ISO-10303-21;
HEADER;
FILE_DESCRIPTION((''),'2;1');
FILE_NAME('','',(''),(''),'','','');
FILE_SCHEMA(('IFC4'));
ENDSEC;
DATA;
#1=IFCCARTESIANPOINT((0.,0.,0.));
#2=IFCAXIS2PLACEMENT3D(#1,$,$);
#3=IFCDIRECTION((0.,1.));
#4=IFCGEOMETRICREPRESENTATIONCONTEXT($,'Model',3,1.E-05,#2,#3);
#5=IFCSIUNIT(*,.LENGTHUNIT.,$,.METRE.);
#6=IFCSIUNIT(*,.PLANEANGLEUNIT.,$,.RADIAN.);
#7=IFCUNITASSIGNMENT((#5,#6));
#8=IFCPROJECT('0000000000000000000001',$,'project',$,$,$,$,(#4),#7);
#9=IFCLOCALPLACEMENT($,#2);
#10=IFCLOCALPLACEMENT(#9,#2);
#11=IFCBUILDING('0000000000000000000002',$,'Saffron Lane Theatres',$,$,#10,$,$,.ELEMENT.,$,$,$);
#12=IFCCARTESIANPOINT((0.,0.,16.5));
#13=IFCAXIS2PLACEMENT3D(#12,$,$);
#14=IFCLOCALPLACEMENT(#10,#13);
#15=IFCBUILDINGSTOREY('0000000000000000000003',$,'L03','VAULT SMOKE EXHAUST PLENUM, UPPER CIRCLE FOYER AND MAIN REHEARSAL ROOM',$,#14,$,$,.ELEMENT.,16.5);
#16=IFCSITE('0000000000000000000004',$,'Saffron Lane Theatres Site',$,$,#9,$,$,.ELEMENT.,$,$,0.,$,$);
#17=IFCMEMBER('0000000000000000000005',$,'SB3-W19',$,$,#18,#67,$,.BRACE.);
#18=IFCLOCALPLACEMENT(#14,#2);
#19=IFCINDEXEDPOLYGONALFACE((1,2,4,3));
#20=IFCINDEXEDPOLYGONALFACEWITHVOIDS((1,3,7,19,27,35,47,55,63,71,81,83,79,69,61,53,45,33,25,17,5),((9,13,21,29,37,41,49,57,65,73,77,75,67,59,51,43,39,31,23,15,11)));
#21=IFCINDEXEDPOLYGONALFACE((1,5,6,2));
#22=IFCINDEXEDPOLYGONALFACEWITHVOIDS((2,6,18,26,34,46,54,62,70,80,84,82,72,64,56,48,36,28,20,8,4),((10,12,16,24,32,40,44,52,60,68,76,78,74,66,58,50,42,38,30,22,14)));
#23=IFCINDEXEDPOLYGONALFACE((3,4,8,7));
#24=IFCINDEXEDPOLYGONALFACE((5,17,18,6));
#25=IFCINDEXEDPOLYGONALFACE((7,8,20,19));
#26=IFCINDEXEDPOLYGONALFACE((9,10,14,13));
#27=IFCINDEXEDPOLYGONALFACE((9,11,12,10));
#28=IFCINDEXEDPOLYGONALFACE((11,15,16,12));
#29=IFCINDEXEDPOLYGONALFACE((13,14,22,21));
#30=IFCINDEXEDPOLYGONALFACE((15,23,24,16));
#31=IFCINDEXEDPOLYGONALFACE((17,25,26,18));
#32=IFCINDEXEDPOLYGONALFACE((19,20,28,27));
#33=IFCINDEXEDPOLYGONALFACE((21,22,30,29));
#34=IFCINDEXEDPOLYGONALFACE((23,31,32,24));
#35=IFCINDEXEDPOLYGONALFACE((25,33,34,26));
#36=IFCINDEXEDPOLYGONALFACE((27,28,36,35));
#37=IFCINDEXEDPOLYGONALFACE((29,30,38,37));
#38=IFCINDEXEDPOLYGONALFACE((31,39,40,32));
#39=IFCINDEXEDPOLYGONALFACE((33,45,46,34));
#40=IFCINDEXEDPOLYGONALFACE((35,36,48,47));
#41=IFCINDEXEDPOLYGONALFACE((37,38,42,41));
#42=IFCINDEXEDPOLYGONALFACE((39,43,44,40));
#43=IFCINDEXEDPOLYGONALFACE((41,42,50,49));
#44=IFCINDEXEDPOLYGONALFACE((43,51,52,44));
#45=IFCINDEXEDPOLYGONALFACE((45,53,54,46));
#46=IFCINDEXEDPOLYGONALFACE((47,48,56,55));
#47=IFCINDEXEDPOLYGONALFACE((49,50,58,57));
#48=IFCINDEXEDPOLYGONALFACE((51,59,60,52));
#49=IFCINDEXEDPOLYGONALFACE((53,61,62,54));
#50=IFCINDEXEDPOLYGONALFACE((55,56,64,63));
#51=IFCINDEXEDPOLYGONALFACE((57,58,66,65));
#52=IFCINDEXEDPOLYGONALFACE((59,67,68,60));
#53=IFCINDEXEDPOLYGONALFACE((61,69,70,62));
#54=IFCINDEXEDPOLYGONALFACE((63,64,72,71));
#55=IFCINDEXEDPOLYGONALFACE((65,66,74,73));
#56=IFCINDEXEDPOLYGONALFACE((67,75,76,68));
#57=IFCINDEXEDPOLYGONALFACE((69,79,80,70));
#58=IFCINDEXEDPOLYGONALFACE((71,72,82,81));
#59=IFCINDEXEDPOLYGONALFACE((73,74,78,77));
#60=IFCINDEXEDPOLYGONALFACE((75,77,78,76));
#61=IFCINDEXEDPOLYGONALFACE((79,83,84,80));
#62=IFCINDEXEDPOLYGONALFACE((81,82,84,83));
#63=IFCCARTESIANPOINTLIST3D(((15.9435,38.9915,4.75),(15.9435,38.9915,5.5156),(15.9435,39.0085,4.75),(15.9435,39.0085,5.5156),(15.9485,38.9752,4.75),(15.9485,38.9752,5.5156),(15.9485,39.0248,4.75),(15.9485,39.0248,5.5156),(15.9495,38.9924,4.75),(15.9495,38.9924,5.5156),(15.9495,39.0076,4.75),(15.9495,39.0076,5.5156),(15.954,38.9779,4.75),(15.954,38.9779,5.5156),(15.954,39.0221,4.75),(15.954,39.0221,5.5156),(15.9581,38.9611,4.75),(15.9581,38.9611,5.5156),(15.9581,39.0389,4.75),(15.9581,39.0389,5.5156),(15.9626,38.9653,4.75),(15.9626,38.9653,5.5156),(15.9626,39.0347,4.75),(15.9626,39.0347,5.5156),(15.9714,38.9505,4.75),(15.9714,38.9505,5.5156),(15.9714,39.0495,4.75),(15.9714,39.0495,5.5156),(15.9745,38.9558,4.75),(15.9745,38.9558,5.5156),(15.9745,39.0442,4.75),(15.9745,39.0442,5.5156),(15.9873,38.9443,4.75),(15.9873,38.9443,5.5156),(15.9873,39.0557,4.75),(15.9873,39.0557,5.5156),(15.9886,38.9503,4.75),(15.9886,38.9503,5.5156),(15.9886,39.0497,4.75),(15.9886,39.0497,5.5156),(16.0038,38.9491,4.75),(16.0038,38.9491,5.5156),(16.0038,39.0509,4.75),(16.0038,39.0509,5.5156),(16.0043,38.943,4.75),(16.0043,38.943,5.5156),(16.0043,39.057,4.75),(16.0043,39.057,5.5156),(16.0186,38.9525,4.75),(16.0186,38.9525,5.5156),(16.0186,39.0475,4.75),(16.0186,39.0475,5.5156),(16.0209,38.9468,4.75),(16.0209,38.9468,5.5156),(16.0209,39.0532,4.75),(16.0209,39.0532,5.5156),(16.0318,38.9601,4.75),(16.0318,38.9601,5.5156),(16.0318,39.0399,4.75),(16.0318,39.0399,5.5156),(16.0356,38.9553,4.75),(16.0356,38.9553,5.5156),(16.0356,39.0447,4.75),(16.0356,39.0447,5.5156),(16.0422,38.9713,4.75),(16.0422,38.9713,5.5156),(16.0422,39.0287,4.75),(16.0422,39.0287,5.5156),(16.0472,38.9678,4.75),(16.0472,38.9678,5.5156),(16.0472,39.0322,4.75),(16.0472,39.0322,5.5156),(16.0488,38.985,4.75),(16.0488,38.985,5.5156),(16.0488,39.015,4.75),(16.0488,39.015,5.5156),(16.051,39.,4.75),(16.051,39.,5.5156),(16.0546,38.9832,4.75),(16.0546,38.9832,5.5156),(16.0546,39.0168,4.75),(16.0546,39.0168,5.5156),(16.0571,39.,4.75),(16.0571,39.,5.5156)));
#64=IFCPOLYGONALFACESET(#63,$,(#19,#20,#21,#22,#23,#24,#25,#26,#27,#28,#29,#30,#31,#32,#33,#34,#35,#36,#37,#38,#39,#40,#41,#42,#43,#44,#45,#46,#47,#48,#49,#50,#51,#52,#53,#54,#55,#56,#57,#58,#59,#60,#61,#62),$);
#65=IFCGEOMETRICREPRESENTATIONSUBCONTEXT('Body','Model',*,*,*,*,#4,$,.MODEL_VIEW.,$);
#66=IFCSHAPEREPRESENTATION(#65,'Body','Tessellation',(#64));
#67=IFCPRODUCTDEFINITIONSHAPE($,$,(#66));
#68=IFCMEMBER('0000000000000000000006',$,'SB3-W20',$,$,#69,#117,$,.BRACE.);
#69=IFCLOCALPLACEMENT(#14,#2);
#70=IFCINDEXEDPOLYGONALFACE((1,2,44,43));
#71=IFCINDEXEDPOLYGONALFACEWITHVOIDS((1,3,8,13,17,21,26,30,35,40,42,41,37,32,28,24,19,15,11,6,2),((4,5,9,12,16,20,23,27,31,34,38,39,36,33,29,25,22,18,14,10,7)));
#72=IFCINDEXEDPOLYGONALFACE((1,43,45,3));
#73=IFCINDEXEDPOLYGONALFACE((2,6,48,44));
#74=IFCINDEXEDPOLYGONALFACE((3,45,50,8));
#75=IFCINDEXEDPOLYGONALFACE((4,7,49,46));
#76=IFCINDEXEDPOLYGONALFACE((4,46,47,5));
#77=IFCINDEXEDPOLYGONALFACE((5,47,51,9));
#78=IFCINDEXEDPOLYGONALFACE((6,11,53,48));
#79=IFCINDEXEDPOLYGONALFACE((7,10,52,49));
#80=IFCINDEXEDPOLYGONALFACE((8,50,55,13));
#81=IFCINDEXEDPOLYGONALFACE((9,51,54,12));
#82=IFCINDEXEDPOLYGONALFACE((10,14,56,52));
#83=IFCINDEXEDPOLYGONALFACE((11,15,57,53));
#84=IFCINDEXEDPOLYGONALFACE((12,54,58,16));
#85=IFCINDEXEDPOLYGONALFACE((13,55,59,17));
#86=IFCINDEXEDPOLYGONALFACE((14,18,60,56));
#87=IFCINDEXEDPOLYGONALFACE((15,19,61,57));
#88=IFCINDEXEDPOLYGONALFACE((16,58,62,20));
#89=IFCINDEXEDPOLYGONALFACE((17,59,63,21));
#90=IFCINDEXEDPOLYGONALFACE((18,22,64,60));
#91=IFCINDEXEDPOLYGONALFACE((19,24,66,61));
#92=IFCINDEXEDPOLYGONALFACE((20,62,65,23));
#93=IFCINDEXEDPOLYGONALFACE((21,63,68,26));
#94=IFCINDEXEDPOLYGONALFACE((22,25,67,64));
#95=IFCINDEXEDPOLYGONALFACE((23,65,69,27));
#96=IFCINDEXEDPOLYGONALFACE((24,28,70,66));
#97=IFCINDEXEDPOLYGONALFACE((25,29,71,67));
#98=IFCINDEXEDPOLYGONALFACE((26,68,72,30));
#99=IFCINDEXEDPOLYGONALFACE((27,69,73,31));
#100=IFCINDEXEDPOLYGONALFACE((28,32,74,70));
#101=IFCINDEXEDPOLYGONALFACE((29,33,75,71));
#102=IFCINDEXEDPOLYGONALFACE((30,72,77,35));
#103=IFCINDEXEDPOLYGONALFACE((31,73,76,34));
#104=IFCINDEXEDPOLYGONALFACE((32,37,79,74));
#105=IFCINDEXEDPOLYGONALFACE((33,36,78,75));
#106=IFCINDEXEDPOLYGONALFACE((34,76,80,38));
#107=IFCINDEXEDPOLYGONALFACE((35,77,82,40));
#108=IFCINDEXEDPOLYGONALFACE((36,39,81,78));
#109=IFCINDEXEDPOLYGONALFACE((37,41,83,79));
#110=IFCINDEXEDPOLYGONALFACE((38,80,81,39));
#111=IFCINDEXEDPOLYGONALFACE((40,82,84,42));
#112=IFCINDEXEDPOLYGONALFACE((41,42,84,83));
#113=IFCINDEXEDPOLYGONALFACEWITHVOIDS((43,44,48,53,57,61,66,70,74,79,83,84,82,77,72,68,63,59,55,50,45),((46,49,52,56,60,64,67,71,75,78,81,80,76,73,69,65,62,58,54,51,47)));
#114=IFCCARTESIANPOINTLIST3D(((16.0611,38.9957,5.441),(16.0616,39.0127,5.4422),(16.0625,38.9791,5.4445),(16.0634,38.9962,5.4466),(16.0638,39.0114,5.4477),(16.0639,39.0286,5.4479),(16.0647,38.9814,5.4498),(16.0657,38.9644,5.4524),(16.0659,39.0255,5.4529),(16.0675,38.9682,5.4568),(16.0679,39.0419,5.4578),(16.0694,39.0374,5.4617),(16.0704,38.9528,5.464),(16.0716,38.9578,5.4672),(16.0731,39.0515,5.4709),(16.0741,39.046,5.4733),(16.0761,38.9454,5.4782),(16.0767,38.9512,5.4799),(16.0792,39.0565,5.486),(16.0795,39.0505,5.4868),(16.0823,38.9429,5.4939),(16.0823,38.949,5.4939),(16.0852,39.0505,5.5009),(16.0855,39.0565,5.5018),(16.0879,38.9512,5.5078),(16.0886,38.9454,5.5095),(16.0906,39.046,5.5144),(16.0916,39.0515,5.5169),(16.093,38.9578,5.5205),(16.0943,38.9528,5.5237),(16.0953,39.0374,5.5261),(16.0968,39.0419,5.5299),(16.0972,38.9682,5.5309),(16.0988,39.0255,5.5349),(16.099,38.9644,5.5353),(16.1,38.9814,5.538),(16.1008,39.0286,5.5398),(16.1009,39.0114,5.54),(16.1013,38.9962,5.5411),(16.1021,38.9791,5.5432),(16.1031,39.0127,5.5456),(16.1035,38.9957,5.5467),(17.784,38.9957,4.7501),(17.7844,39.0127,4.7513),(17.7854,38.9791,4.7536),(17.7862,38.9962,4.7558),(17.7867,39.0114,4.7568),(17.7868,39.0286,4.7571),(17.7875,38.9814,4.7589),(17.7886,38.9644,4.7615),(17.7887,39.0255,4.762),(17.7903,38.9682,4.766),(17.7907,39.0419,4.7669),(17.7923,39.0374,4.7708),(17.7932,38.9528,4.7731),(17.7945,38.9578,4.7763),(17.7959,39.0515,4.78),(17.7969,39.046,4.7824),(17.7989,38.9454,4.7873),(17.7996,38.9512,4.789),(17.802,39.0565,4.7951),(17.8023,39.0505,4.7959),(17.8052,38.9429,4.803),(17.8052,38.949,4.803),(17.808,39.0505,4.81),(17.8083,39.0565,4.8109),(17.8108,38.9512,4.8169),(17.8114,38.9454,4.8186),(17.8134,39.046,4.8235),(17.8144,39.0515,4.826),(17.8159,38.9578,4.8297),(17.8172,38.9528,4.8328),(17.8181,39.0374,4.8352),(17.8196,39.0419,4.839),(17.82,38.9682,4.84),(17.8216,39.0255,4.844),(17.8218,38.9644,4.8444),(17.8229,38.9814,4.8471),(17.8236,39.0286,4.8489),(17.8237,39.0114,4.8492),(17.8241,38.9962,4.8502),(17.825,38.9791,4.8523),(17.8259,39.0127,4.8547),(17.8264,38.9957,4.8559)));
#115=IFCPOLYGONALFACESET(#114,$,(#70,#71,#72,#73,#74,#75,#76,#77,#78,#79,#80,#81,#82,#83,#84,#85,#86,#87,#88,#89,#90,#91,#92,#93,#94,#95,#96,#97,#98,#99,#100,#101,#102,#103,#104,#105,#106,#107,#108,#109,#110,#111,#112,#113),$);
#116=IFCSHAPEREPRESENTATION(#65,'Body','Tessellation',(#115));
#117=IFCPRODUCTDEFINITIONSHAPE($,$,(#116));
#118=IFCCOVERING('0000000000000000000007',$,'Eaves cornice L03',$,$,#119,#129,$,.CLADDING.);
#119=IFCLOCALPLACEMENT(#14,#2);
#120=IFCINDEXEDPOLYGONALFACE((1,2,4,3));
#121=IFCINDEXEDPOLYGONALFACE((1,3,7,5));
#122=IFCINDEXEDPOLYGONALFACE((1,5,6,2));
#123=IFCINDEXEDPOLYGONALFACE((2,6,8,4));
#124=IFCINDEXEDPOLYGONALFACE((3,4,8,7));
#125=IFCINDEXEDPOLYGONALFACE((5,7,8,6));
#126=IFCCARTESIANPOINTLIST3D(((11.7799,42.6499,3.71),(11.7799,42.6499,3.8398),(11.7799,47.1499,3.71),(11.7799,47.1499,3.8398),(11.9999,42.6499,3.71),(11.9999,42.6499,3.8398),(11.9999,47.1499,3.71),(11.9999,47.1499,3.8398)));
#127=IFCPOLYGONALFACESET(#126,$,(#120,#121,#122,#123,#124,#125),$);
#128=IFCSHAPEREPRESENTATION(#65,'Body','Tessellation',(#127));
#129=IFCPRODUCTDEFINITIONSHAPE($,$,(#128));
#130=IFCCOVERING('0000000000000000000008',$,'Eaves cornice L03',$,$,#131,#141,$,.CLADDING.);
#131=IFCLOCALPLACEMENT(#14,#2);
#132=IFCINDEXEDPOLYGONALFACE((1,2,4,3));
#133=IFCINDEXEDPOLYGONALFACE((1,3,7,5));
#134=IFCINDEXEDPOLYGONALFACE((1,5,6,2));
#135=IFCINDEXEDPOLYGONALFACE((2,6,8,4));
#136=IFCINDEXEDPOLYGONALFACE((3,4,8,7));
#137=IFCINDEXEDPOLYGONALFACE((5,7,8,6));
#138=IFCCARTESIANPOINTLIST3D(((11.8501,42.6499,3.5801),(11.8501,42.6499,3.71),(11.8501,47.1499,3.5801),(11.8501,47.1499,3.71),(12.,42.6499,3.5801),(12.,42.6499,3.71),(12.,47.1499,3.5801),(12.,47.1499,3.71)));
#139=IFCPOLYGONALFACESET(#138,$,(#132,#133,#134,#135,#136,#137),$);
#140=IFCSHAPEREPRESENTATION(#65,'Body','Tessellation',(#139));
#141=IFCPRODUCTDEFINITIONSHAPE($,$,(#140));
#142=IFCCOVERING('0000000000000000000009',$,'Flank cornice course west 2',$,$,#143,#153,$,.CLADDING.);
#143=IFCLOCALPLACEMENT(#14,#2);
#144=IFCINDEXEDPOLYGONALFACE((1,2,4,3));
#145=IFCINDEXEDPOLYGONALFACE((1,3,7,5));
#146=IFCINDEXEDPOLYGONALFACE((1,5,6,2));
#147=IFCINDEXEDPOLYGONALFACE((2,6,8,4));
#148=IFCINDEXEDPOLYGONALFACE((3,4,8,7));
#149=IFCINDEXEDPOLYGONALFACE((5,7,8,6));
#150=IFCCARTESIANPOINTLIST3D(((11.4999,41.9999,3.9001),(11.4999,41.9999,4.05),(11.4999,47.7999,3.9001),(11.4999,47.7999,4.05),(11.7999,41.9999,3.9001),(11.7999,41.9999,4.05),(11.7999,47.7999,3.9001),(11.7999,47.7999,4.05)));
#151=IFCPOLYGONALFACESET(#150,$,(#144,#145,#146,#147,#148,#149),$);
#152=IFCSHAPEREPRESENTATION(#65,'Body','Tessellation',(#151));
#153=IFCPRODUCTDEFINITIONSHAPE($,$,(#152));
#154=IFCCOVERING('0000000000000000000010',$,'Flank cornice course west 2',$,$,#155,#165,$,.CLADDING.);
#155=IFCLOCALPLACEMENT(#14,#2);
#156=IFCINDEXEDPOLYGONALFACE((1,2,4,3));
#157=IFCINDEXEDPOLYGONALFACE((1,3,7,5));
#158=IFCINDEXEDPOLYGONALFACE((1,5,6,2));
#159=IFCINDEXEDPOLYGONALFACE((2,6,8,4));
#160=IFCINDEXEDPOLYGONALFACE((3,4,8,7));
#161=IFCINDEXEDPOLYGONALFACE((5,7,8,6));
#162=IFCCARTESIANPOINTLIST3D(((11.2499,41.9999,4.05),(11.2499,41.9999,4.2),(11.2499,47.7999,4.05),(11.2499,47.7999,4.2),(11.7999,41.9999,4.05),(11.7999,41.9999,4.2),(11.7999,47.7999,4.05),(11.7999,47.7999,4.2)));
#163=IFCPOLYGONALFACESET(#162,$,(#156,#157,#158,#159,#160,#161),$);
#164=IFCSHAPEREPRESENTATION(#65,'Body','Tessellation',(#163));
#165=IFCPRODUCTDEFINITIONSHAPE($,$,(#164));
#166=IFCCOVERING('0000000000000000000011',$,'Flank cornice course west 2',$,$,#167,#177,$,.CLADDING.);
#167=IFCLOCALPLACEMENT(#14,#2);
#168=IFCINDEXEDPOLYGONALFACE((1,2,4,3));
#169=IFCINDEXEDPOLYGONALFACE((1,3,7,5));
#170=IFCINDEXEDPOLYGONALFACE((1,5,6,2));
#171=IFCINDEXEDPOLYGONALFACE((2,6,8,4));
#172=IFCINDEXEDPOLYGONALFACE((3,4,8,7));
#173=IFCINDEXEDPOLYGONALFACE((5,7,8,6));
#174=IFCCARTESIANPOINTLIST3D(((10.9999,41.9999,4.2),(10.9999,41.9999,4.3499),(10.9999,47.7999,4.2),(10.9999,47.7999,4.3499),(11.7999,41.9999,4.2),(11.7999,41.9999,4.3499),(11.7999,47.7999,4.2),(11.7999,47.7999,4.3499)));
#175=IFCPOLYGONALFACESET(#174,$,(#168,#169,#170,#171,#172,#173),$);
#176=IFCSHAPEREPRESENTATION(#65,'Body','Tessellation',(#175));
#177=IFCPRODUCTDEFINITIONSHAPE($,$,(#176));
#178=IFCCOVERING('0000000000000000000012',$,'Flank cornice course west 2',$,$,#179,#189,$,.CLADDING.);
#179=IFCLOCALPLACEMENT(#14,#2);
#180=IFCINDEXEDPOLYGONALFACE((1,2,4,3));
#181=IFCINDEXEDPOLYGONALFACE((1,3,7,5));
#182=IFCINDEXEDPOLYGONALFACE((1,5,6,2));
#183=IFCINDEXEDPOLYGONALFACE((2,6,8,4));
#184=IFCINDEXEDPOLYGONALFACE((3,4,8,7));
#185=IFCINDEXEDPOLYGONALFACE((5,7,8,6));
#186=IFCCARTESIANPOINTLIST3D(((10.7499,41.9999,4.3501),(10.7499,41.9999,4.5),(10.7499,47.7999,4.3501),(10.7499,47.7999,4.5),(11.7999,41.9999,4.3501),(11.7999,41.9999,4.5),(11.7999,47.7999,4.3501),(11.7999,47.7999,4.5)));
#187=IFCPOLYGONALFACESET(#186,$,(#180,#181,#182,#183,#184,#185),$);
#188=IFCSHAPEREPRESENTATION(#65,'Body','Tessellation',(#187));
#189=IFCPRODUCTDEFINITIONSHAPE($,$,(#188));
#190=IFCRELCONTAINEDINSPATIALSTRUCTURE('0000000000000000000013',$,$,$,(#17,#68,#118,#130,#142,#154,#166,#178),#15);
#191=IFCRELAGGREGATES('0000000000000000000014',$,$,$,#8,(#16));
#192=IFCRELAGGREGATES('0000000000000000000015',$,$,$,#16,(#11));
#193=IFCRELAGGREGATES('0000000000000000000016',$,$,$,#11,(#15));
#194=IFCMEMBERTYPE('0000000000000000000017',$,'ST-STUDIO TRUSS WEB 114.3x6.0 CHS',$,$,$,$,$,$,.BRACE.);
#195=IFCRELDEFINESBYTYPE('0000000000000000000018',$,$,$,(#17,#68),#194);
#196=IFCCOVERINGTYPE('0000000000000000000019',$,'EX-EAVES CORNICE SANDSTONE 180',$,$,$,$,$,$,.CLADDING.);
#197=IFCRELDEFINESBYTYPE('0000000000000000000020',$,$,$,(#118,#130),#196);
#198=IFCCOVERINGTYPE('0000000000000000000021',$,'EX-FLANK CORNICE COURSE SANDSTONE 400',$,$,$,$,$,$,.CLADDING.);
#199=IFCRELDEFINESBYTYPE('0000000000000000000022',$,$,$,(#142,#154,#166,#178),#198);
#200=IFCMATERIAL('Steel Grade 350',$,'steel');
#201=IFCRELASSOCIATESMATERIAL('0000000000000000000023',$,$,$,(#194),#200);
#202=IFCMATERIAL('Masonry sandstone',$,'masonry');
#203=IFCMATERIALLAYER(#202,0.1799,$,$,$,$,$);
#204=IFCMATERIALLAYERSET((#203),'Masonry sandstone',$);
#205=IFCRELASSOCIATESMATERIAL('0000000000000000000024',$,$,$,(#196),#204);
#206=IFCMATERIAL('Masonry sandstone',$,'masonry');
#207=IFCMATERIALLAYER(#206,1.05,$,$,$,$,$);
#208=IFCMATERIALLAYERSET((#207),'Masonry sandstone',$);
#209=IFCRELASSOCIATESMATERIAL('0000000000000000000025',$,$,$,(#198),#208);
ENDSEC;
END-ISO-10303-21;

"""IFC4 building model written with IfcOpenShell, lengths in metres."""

from ifc_helpers import new_model, si_unit, direction, frame, origin, origin_2d, place, context, subcontext, project, spatial, rectangle, hollow_circle, extrude, material, layer, layer_set, material_profile, profile_set, type_object, element, save


model = new_model("IFC4")

# Units and contexts
model_context = context("Model", 3, precision=1e-05, world=origin(), true_north=direction((0.0, 1.0)))
body_context = subcontext(model_context, "Body", "Model", "MODEL_VIEW")
ifc_project = project(units=[si_unit("LENGTHUNIT", "METRE"), si_unit("PLANEANGLEUNIT", "RADIAN")], contexts=[model_context])

# Site, building, storey
site_placement = place(None, origin())
site = spatial("IfcSite", under=ifc_project, at=site_placement, Name="Saffron Lane Theatres Site", CompositionType="ELEMENT", RefElevation=0.0)
building_placement = place(site_placement, origin())
building = spatial("IfcBuilding", under=site, at=building_placement, Name="Saffron Lane Theatres", CompositionType="ELEMENT")
storey_placement = place(building_placement, frame((0.0, 0.0, 16.5)))
storey = spatial("IfcBuildingStorey", under=building, at=storey_placement, Name="L03", Description="VAULT SMOKE EXHAUST PLENUM, UPPER CIRCLE FOYER AND MAIN REHEARSAL ROOM", CompositionType="ELEMENT", Elevation=16.5)

# Members
ifc_material_1 = material(Name="Steel Grade 350", Category="steel")
ifc_material_profile_1 = material_profile(ifc_material_1, hollow_circle(Radius=0.0571, WallThickness=0.0061, at=origin_2d()))
ifc_profile_set_1 = profile_set([ifc_material_profile_1], Name="Steel Grade 350")
member_type_1 = type_object("IfcMemberType", Name="ST-STUDIO TRUSS WEB 114.3x6.0 CHS", PredefinedType="BRACE", material=ifc_profile_set_1)
member_1_placement = place(storey_placement, frame((16.0, 39.0, 4.75), z_axis=(0.0, 0.0, 1.0), x_axis=(1.0, 0.0, 0.0)))
element("IfcMember", 1, at=member_1_placement, inside=storey, type_object=member_type_1, Name="SB3-W19", PredefinedType="BRACE", context=body_context, shape_type="SweptSolid", body=[
    extrude(hollow_circle(Radius=0.0571, WallThickness=0.0061, at=origin_2d()), origin(), (0.0, 0.0, 1.0), 0.7656),
])
member_2_placement = place(storey_placement, frame((17.8052, 39.0, 4.803), z_axis=(-0.92815, 0.0, 0.372207), x_axis=(0.0, -1.0, 0.0)))
element("IfcMember", 2, at=member_2_placement, inside=storey, type_object=member_type_1, Name="SB3-W20", PredefinedType="BRACE", context=body_context, shape_type="SweptSolid", body=[
    extrude(hollow_circle(Radius=0.0571, WallThickness=0.0061, at=origin_2d()), origin(), (0.0, 0.0, 1.0), 1.8562),
])

# Coverings
ifc_material_2 = material(Name="Masonry sandstone", Category="masonry")
ifc_layer_1 = layer(ifc_material_2, 0.1799)
ifc_layer_set_1 = layer_set([ifc_layer_1], Name="Masonry sandstone")
covering_type_1 = type_object("IfcCoveringType", Name="EX-EAVES CORNICE SANDSTONE 180", PredefinedType="CLADDING", material=ifc_layer_set_1)
covering_1_placement = place(storey_placement, frame((11.8899, 44.8999, 3.71), z_axis=(0.0, 0.0, 1.0), x_axis=(0.0, 1.0, 0.0)))
element("IfcCovering", 3, at=covering_1_placement, inside=storey, type_object=covering_type_1, Name="Eaves cornice L03", PredefinedType="CLADDING", context=body_context, shape_type="SweptSolid", body=[
    extrude(rectangle(XDim=4.5, YDim=0.22, at=origin_2d()), origin(), (0.0, 0.0, 1.0), 0.1299),
])
covering_2_placement = place(storey_placement, frame((11.925, 44.8999, 3.5801), z_axis=(0.0, 0.0, 1.0), x_axis=(0.0, 1.0, 0.0)))
element("IfcCovering", 4, at=covering_2_placement, inside=storey, type_object=covering_type_1, Name="Eaves cornice L03", PredefinedType="CLADDING", context=body_context, shape_type="SweptSolid", body=[
    extrude(rectangle(XDim=4.5, YDim=0.1499, at=origin_2d()), origin(), (0.0, 0.0, 1.0), 0.1299),
])
ifc_material_3 = material(Name="Masonry sandstone", Category="masonry")
ifc_layer_2 = layer(ifc_material_3, 1.05)
ifc_layer_set_2 = layer_set([ifc_layer_2], Name="Masonry sandstone")
covering_type_2 = type_object("IfcCoveringType", Name="EX-FLANK CORNICE COURSE SANDSTONE 400", PredefinedType="CLADDING", material=ifc_layer_set_2)
covering_3_placement = place(storey_placement, frame((11.6499, 44.8999, 3.9001), z_axis=(0.0, 0.0, 1.0), x_axis=(0.0, 1.0, 0.0)))
element("IfcCovering", 5, at=covering_3_placement, inside=storey, type_object=covering_type_2, Name="Flank cornice course west 2", PredefinedType="CLADDING", context=body_context, shape_type="SweptSolid", body=[
    extrude(rectangle(XDim=5.8, YDim=0.3, at=origin_2d()), origin(), (0.0, 0.0, 1.0), 0.1499),
])
covering_4_placement = place(storey_placement, frame((11.5249, 44.8999, 4.05), z_axis=(0.0, 0.0, 1.0), x_axis=(0.0, 1.0, 0.0)))
element("IfcCovering", 6, at=covering_4_placement, inside=storey, type_object=covering_type_2, Name="Flank cornice course west 2", PredefinedType="CLADDING", context=body_context, shape_type="SweptSolid", body=[
    extrude(rectangle(XDim=5.8, YDim=0.55, at=origin_2d()), origin(), (0.0, 0.0, 1.0), 0.1499),
])
covering_5_placement = place(storey_placement, frame((11.3999, 44.8999, 4.2), z_axis=(0.0, 0.0, 1.0), x_axis=(0.0, 1.0, 0.0)))
element("IfcCovering", 7, at=covering_5_placement, inside=storey, type_object=covering_type_2, Name="Flank cornice course west 2", PredefinedType="CLADDING", context=body_context, shape_type="SweptSolid", body=[
    extrude(rectangle(XDim=5.8, YDim=0.8, at=origin_2d()), origin(), (0.0, 0.0, 1.0), 0.1499),
])
covering_6_placement = place(storey_placement, frame((11.2749, 44.8999, 4.3501), z_axis=(0.0, 0.0, 1.0), x_axis=(0.0, 1.0, 0.0)))
element("IfcCovering", 8, at=covering_6_placement, inside=storey, type_object=covering_type_2, Name="Flank cornice course west 2", PredefinedType="CLADDING", context=body_context, shape_type="SweptSolid", body=[
    extrude(rectangle(XDim=5.8, YDim=1.05, at=origin_2d()), origin(), (0.0, 0.0, 1.0), 0.1499),
])

save(model, "model.ifc")
